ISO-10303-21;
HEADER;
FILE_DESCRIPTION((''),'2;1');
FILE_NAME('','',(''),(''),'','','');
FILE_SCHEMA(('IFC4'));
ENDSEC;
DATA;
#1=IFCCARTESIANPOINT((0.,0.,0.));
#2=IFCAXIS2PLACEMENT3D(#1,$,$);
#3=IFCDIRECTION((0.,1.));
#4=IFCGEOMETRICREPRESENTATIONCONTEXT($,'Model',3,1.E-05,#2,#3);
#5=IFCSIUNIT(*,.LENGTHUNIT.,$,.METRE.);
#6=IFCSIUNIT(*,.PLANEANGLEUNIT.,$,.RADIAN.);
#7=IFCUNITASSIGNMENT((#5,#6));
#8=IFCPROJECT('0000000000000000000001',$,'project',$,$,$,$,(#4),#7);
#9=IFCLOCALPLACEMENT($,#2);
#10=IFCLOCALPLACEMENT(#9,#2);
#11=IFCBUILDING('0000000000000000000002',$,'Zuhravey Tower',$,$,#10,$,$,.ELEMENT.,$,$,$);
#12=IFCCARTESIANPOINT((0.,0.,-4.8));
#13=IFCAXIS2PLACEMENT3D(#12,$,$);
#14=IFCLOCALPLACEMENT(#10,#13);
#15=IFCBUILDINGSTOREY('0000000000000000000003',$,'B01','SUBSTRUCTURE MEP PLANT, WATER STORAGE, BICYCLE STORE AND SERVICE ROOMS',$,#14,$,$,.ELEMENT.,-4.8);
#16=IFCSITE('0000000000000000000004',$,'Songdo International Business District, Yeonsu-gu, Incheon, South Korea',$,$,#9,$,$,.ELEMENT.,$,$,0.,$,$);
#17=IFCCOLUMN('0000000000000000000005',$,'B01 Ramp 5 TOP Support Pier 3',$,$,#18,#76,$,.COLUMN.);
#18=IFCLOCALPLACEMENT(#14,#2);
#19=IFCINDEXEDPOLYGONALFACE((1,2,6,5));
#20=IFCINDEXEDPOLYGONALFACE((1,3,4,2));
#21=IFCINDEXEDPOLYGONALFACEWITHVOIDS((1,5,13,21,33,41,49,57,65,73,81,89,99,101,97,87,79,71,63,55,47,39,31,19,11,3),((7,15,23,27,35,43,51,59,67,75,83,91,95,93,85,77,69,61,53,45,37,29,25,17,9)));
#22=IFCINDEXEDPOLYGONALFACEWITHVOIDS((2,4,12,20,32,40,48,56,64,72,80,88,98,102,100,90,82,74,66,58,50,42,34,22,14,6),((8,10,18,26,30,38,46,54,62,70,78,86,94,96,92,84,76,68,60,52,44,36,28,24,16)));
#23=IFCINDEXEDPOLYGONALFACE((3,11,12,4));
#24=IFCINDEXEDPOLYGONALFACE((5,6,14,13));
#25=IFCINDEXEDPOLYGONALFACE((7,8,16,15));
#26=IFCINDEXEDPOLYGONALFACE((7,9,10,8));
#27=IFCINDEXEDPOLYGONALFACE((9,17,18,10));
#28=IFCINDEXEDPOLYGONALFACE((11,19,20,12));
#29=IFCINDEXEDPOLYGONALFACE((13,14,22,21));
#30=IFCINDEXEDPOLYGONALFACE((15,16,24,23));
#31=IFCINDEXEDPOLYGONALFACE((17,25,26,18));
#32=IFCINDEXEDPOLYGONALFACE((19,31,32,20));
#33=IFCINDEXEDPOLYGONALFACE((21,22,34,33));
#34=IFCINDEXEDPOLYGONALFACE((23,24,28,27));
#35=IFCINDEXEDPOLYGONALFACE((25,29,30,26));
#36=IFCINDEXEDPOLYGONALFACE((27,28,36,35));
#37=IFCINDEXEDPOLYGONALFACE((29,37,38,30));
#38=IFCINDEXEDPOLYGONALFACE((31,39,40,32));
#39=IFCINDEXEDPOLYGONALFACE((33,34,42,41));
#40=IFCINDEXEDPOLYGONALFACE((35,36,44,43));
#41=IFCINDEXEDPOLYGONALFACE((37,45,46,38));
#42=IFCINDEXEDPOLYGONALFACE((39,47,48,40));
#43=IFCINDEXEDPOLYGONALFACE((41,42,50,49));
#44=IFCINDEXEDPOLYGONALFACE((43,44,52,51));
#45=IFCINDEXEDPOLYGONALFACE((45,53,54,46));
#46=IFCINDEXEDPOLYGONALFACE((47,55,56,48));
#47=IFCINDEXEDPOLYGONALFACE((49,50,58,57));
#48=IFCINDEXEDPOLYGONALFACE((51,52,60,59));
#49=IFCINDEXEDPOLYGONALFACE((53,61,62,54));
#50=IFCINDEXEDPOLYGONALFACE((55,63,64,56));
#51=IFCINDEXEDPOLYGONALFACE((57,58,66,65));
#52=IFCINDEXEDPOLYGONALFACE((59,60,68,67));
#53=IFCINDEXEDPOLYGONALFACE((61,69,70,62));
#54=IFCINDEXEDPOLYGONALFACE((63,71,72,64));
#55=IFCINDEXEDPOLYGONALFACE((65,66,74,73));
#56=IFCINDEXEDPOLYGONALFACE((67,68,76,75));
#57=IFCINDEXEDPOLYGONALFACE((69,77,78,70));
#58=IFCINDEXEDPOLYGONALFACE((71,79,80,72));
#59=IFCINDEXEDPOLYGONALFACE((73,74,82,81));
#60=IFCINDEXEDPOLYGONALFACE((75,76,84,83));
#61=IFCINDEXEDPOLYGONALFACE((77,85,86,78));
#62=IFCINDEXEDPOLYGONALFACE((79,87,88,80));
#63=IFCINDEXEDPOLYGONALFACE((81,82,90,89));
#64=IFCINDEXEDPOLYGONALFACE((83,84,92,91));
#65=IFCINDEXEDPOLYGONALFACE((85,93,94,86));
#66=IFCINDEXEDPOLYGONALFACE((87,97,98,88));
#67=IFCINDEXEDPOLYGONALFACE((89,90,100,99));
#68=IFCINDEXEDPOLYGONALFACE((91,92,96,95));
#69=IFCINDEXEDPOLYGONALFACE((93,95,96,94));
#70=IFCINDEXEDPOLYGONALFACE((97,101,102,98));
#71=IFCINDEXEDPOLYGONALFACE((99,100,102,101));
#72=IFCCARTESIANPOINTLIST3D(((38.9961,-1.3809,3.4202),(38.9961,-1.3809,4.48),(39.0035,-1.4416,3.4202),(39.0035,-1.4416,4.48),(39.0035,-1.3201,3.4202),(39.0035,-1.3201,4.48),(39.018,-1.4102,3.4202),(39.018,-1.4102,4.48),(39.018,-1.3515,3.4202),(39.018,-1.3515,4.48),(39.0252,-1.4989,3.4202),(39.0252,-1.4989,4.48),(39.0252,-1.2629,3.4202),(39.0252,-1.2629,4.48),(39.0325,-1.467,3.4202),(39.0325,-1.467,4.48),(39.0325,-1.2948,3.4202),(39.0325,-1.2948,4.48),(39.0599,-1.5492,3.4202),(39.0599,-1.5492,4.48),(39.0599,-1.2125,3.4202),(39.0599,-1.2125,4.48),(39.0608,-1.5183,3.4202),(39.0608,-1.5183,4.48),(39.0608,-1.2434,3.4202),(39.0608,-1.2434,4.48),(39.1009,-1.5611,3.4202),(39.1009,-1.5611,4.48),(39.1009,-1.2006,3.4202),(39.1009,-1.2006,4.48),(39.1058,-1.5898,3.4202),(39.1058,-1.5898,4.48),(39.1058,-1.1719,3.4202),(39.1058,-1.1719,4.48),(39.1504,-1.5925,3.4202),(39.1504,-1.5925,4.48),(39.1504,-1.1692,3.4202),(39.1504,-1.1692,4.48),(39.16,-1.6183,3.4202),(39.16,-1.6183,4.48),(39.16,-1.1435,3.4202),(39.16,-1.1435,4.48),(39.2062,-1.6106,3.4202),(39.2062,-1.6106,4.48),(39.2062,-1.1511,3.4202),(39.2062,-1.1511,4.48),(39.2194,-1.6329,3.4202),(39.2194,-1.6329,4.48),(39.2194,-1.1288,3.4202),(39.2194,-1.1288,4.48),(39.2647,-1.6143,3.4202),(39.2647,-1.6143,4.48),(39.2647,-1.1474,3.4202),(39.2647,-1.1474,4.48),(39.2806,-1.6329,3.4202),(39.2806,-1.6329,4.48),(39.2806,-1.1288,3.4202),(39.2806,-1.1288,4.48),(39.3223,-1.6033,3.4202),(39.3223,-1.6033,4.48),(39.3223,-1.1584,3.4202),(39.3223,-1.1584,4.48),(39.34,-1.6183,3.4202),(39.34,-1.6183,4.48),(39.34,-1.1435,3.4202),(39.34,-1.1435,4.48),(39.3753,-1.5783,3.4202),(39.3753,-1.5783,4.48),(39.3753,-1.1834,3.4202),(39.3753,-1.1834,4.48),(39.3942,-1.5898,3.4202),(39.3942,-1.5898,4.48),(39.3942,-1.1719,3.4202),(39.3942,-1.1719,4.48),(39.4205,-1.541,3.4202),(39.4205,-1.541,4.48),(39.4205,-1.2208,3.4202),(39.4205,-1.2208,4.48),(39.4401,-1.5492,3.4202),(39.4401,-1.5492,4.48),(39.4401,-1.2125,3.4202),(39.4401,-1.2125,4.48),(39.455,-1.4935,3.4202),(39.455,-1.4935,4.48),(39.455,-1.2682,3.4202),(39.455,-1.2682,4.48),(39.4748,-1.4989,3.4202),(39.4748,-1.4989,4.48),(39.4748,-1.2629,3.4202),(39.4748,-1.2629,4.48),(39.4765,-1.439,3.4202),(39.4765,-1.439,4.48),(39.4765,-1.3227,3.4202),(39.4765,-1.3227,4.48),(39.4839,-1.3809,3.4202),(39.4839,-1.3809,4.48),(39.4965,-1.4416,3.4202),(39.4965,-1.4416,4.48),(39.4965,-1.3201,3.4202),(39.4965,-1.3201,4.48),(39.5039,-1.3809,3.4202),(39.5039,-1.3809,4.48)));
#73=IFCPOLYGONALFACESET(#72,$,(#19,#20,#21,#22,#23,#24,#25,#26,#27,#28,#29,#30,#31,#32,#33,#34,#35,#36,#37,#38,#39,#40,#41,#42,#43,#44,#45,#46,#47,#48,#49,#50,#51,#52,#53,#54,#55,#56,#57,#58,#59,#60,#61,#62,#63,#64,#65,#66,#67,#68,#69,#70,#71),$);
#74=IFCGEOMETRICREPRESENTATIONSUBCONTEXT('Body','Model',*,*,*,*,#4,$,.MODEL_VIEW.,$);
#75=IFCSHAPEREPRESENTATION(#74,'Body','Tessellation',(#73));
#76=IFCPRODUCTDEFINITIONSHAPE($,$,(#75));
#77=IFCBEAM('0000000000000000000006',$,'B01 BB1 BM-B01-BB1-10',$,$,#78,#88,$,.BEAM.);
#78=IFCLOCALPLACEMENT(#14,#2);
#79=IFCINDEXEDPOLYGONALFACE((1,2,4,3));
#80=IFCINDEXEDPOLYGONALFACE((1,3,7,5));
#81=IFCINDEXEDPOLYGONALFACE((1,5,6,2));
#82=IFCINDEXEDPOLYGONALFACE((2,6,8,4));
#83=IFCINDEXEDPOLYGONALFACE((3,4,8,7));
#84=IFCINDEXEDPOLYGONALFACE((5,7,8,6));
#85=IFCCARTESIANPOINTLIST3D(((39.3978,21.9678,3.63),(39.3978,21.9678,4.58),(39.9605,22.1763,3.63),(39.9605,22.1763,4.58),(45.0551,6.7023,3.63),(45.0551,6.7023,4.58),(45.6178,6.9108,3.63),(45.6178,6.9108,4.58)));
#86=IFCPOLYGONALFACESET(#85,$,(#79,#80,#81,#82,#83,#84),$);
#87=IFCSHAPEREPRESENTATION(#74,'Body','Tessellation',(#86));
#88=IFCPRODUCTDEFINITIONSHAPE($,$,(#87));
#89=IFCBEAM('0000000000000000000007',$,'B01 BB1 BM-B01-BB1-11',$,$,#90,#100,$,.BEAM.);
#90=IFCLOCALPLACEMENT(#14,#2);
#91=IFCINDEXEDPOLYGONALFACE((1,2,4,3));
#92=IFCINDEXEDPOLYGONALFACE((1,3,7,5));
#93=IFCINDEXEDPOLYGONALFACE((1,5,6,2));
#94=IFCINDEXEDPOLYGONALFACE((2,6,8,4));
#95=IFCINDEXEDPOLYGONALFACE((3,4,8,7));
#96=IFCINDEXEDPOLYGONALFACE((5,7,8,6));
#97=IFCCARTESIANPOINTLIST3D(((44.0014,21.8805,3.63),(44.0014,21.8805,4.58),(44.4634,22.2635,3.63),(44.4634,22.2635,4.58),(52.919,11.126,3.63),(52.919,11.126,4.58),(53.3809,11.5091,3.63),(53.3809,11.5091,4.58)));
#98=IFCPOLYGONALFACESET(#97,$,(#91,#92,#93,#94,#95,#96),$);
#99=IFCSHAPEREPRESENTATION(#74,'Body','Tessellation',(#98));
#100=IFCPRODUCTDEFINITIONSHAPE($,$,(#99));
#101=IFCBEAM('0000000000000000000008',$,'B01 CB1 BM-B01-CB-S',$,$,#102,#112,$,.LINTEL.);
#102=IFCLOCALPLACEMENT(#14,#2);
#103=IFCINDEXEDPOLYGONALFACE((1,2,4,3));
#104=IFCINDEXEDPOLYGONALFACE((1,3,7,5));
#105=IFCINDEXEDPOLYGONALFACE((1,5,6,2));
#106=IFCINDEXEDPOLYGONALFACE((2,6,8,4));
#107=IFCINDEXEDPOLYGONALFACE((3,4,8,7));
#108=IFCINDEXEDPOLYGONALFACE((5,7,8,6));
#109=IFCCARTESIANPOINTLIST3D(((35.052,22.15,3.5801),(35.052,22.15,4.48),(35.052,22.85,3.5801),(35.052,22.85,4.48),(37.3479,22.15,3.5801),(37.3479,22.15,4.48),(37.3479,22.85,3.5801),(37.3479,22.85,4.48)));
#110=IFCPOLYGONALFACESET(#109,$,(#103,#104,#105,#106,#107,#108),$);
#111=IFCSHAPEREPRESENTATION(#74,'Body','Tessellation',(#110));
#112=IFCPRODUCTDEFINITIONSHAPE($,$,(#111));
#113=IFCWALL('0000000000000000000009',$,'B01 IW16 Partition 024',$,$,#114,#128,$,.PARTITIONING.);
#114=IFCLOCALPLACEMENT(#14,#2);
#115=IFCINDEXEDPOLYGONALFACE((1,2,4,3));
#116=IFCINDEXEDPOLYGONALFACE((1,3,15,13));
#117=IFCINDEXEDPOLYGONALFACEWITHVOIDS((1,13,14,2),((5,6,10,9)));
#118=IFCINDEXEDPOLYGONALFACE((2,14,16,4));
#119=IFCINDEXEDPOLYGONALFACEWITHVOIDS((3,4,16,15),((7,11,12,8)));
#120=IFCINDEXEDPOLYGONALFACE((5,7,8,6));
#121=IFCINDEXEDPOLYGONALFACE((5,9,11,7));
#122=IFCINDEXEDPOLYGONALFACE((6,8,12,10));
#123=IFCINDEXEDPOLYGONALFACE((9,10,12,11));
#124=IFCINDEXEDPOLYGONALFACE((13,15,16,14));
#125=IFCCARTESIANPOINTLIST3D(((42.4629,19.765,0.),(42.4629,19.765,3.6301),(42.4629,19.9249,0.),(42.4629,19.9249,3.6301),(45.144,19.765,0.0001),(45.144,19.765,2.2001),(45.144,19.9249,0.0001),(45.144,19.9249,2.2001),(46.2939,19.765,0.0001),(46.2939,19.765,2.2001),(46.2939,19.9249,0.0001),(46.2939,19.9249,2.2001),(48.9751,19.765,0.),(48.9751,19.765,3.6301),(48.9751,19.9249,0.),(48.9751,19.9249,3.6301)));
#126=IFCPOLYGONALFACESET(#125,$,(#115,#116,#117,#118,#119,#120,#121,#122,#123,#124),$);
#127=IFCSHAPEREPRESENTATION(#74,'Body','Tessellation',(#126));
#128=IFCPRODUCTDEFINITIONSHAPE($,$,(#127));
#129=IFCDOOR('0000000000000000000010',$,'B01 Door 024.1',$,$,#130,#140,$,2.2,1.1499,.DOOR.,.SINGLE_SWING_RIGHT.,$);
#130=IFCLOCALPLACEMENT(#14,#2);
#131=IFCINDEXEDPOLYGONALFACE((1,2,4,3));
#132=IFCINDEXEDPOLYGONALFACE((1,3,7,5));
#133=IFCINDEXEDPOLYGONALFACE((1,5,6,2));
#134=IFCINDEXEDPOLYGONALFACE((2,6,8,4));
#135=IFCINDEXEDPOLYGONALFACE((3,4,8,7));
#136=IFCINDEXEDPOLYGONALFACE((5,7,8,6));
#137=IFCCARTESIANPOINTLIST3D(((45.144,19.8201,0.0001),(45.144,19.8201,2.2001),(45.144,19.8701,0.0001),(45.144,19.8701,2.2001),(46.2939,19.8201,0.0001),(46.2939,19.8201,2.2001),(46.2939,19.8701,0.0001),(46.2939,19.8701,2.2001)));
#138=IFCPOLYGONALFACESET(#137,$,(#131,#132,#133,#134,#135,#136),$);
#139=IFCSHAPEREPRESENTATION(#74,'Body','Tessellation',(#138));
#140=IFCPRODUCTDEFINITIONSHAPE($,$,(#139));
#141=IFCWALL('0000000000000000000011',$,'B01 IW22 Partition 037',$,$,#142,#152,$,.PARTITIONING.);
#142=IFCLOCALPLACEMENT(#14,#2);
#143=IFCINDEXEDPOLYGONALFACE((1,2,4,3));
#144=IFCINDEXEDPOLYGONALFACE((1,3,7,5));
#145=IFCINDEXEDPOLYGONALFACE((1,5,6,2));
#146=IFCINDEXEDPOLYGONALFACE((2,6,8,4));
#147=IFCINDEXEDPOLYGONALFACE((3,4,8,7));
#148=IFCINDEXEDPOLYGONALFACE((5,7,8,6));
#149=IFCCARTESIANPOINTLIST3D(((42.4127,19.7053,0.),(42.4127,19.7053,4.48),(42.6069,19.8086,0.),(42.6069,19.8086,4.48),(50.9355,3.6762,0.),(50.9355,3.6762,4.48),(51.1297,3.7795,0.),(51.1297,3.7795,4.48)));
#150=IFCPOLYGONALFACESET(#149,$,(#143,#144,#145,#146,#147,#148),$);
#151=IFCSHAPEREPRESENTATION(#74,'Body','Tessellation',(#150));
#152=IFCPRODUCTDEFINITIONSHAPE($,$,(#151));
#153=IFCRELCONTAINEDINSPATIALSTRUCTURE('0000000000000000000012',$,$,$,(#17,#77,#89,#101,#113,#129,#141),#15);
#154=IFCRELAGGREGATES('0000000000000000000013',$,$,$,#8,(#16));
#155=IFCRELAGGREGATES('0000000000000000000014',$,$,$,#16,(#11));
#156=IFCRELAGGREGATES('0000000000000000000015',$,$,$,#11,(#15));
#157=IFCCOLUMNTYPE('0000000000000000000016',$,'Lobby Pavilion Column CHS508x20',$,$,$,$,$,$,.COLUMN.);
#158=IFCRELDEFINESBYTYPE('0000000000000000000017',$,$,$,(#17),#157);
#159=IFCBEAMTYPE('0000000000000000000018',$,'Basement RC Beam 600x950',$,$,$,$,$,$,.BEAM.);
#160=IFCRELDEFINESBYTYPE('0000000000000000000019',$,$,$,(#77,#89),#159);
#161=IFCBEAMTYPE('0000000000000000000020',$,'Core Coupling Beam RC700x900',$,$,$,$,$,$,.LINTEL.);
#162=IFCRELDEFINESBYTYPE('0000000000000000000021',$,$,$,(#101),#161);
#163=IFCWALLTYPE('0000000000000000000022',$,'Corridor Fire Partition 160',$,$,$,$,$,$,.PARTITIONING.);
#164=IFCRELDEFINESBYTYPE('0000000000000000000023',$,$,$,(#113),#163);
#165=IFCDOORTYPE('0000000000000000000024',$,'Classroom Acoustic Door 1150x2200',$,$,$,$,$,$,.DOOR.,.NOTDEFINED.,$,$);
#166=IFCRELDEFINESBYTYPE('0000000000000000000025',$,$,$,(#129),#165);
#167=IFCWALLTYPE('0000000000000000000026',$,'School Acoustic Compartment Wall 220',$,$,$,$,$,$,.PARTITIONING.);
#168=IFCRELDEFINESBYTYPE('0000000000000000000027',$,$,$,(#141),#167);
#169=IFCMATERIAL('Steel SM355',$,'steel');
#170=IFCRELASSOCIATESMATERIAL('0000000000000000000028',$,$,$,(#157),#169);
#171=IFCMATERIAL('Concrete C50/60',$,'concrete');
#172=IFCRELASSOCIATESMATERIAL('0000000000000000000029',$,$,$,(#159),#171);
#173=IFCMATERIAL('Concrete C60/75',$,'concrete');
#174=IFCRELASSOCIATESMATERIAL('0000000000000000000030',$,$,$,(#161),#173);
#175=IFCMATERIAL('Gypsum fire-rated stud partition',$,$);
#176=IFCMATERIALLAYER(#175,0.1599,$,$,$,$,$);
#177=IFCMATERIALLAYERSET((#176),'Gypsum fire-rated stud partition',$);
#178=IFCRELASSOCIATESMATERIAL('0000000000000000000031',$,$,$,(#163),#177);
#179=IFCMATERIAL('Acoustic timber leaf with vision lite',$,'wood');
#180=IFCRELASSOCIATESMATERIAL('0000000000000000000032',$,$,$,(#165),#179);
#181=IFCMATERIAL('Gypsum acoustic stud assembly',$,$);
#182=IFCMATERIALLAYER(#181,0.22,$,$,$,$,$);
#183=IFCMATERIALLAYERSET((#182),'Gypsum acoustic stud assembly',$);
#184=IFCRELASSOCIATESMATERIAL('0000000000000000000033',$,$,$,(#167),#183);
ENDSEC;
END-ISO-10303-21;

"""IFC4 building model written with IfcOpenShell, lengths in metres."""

from ifc_helpers import new_model, si_unit, direction, frame, frame_2d, origin, origin_2d, place, context, subcontext, project, spatial, rectangle, hollow_circle, extrude, material, layer, layer_set, material_profile, profile_set, type_object, element, fill, save


model = new_model("IFC4")

# Units and contexts
model_context = context("Model", 3, precision=1e-05, world=origin(), true_north=direction((0.0, 1.0)))
body_context = subcontext(model_context, "Body", "Model", "MODEL_VIEW")
ifc_project = project(units=[si_unit("LENGTHUNIT", "METRE"), si_unit("PLANEANGLEUNIT", "RADIAN")], contexts=[model_context])

# Site, building, storey
site_placement = place(None, origin())
site = spatial("IfcSite", under=ifc_project, at=site_placement, Name="Songdo International Business District, Yeonsu-gu, Incheon, South Korea", CompositionType="ELEMENT", RefElevation=0.0)
building_placement = place(site_placement, origin())
building = spatial("IfcBuilding", under=site, at=building_placement, Name="Zuhravey Tower", CompositionType="ELEMENT")
storey_placement = place(building_placement, frame((0.0, 0.0, -4.8)))
storey = spatial("IfcBuildingStorey", under=building, at=storey_placement, Name="B01", Description="SUBSTRUCTURE MEP PLANT, WATER STORAGE, BICYCLE STORE AND SERVICE ROOMS", CompositionType="ELEMENT", Elevation=-4.8)

# Column
ifc_material_1 = material(Name="Concrete C60/75", Category="concrete")
ifc_material_2 = material(Name="Steel SM355", Category="steel")
ifc_material_profile_1 = material_profile(ifc_material_2, hollow_circle(Radius=0.2539, WallThickness=0.02, at=origin_2d()), Name="CHS-508x20")
ifc_profile_set_1 = profile_set([ifc_material_profile_1], Name="Steel SM355")
column_type_1 = type_object("IfcColumnType", Name="Lobby Pavilion Column CHS508x20", PredefinedType="COLUMN", material=ifc_profile_set_1)
for number, where, z_axis, x_axis, name in (
    (1, (39.25, -1.3809, 3.4202), (0.0, 0.0, 1.0), (1.0, 0.0, 0.0), "B01 Ramp 5 TOP Support Pier 3"),
):
    element("IfcColumn", number, at=place(storey_placement, frame(where, z_axis=z_axis, x_axis=x_axis)), inside=storey, type_object=column_type_1, Name=name, PredefinedType="COLUMN", context=body_context, shape_type="SweptSolid", body=[
        extrude(hollow_circle(Radius=0.2539, WallThickness=0.02, at=origin_2d()), origin(), (0.0, 0.0, 1.0), 1.0598),
    ])

# Beams
ifc_material_3 = material(Name="Concrete C50/60", Category="concrete")
ifc_material_profile_2 = material_profile(ifc_material_3, rectangle(XDim=0.6001, YDim=0.95, at=origin_2d()), Name="RC-600x950")
ifc_profile_set_2 = profile_set([ifc_material_profile_2], Name="Concrete C50/60")
beam_type_1 = type_object("IfcBeamType", Name="Basement RC Beam 600x950", PredefinedType="BEAM", material=ifc_profile_set_2)
beam_1_placement = place(storey_placement, frame((39.6792, 22.072, 4.105), z_axis=(0.347497, -0.937681, 0.0), x_axis=(0.937681, 0.347497, 0.0)))
element("IfcBeam", 2, at=beam_1_placement, inside=storey, type_object=beam_type_1, Name="B01 BB1 BM-B01-BB1-10", PredefinedType="BEAM", context=body_context, shape_type="SweptSolid", body=[
    extrude(rectangle(XDim=0.6001, YDim=0.95, at=origin_2d()), origin(), (0.0, 0.0, 1.0), 16.28),
])
beam_2_placement = place(storey_placement, frame((44.2324, 22.072, 4.105), z_axis=(0.638302, -0.769786, 0.0), x_axis=(0.769786, 0.638302, 0.0)))
element("IfcBeam", 3, at=beam_2_placement, inside=storey, type_object=beam_type_1, Name="B01 BB1 BM-B01-BB1-11", PredefinedType="BEAM", context=body_context, shape_type="SweptSolid", body=[
    extrude(rectangle(XDim=0.6001, YDim=0.95, at=origin_2d()), origin(), (0.0, 0.0, 1.0), 13.9707),
])
ifc_material_profile_3 = material_profile(ifc_material_1, rectangle(XDim=0.7, YDim=0.8999, at=origin_2d()), Name="RC-700x900")
ifc_profile_set_3 = profile_set([ifc_material_profile_3], Name="Concrete C60/75")
beam_type_2 = type_object("IfcBeamType", Name="Core Coupling Beam RC700x900", PredefinedType="LINTEL", material=ifc_profile_set_3)
beam_3_placement = place(storey_placement, frame((35.052, 22.5, 4.03), z_axis=(1.0, 0.0, 0.0), x_axis=(0.0, 1.0, 0.0)))
element("IfcBeam", 4, at=beam_3_placement, inside=storey, type_object=beam_type_2, Name="B01 CB1 BM-B01-CB-S", PredefinedType="LINTEL", context=body_context, shape_type="SweptSolid", body=[
    extrude(rectangle(XDim=0.7, YDim=0.8999, at=origin_2d()), origin(), (0.0, 0.0, 1.0), 2.2959),
])

# Wall, opening, door
ifc_material_4 = material(Name="Gypsum fire-rated stud partition")
ifc_layer_1 = layer(ifc_material_4, 0.1599)
ifc_layer_set_1 = layer_set([ifc_layer_1], Name="Gypsum fire-rated stud partition")
wall_type_1 = type_object("IfcWallType", Name="Corridor Fire Partition 160", PredefinedType="PARTITIONING", material=ifc_layer_set_1)
wall_1_placement = place(storey_placement, frame((42.4629, 19.845, 0.0), z_axis=(0.0, 0.0, 1.0), x_axis=(1.0, 0.0, 0.0)))
wall_1 = element("IfcWall", 5, at=wall_1_placement, inside=storey, type_object=wall_type_1, Name="B01 IW16 Partition 024", PredefinedType="PARTITIONING", context=body_context, shape_type="SweptSolid", body=[
    extrude(rectangle(XDim=6.5122, YDim=0.1599, at=frame_2d((3.2561, 0.0))), origin(), (0.0, 0.0, 1.0), 3.6301),
])
opening_placement = place(wall_1_placement, frame((2.6812, 0.0, 0.0)))
opening = element("IfcOpeningElement", 6, at=opening_placement, cuts=wall_1, PredefinedType="OPENING", context=body_context, shape_type="SweptSolid", body=[
    extrude(rectangle(XDim=1.1499, YDim=2.2, at=frame_2d((0.575, 1.1001))), frame((0.0, 0.092, 0.0), z_axis=(0.0, -1.0, 0.0), x_axis=(1.0, 0.0, 0.0)), (0.0, 0.0, 1.0), 0.1838),
])
ifc_material_5 = material(Name="Acoustic timber leaf with vision lite", Category="wood")
door_type = type_object("IfcDoorType", Name="Classroom Acoustic Door 1150x2200", OperationType="NOTDEFINED", PredefinedType="DOOR", material=ifc_material_5)
door_placement = place(opening_placement, frame((1.1499, 0.0, 0.0), z_axis=(0.0, 0.0, 1.0), x_axis=(-1.0, 0.0, 0.0)))
door = element("IfcDoor", 7, at=door_placement, inside=storey, type_object=door_type, Name="B01 Door 024.1", OperationType="SINGLE_SWING_RIGHT", OverallHeight=2.2, OverallWidth=1.1499, PredefinedType="DOOR", context=body_context, shape_type="SweptSolid", body=[
    extrude(rectangle(XDim=1.1499, YDim=2.2, at=frame_2d((0.575, 1.1001))), frame((0.0, 0.0249, 0.0), z_axis=(0.0, -1.0, 0.0), x_axis=(1.0, 0.0, 0.0)), (0.0, 0.0, 1.0), 0.05),
])
fill(opening, door)

# Wall
ifc_material_6 = material(Name="Gypsum acoustic stud assembly")
ifc_layer_2 = layer(ifc_material_6, 0.22)
ifc_layer_set_2 = layer_set([ifc_layer_2], Name="Gypsum acoustic stud assembly")
wall_type_2 = type_object("IfcWallType", Name="School Acoustic Compartment Wall 220", PredefinedType="PARTITIONING", material=ifc_layer_set_2)
wall_2_placement = place(storey_placement, frame((42.5098, 19.7571, 0.0), z_axis=(0.0, 0.0, 1.0), x_axis=(0.469468, -0.88295, 0.0)))
element("IfcWall", 8, at=wall_2_placement, inside=storey, type_object=wall_type_2, Name="B01 IW22 Partition 037", PredefinedType="PARTITIONING", context=body_context, shape_type="SweptSolid", body=[
    extrude(rectangle(XDim=18.1541, YDim=0.22, at=frame_2d((9.0771, 0.0))), origin(), (0.0, 0.0, 1.0), 4.48),
])

save(model, "model.ifc")
